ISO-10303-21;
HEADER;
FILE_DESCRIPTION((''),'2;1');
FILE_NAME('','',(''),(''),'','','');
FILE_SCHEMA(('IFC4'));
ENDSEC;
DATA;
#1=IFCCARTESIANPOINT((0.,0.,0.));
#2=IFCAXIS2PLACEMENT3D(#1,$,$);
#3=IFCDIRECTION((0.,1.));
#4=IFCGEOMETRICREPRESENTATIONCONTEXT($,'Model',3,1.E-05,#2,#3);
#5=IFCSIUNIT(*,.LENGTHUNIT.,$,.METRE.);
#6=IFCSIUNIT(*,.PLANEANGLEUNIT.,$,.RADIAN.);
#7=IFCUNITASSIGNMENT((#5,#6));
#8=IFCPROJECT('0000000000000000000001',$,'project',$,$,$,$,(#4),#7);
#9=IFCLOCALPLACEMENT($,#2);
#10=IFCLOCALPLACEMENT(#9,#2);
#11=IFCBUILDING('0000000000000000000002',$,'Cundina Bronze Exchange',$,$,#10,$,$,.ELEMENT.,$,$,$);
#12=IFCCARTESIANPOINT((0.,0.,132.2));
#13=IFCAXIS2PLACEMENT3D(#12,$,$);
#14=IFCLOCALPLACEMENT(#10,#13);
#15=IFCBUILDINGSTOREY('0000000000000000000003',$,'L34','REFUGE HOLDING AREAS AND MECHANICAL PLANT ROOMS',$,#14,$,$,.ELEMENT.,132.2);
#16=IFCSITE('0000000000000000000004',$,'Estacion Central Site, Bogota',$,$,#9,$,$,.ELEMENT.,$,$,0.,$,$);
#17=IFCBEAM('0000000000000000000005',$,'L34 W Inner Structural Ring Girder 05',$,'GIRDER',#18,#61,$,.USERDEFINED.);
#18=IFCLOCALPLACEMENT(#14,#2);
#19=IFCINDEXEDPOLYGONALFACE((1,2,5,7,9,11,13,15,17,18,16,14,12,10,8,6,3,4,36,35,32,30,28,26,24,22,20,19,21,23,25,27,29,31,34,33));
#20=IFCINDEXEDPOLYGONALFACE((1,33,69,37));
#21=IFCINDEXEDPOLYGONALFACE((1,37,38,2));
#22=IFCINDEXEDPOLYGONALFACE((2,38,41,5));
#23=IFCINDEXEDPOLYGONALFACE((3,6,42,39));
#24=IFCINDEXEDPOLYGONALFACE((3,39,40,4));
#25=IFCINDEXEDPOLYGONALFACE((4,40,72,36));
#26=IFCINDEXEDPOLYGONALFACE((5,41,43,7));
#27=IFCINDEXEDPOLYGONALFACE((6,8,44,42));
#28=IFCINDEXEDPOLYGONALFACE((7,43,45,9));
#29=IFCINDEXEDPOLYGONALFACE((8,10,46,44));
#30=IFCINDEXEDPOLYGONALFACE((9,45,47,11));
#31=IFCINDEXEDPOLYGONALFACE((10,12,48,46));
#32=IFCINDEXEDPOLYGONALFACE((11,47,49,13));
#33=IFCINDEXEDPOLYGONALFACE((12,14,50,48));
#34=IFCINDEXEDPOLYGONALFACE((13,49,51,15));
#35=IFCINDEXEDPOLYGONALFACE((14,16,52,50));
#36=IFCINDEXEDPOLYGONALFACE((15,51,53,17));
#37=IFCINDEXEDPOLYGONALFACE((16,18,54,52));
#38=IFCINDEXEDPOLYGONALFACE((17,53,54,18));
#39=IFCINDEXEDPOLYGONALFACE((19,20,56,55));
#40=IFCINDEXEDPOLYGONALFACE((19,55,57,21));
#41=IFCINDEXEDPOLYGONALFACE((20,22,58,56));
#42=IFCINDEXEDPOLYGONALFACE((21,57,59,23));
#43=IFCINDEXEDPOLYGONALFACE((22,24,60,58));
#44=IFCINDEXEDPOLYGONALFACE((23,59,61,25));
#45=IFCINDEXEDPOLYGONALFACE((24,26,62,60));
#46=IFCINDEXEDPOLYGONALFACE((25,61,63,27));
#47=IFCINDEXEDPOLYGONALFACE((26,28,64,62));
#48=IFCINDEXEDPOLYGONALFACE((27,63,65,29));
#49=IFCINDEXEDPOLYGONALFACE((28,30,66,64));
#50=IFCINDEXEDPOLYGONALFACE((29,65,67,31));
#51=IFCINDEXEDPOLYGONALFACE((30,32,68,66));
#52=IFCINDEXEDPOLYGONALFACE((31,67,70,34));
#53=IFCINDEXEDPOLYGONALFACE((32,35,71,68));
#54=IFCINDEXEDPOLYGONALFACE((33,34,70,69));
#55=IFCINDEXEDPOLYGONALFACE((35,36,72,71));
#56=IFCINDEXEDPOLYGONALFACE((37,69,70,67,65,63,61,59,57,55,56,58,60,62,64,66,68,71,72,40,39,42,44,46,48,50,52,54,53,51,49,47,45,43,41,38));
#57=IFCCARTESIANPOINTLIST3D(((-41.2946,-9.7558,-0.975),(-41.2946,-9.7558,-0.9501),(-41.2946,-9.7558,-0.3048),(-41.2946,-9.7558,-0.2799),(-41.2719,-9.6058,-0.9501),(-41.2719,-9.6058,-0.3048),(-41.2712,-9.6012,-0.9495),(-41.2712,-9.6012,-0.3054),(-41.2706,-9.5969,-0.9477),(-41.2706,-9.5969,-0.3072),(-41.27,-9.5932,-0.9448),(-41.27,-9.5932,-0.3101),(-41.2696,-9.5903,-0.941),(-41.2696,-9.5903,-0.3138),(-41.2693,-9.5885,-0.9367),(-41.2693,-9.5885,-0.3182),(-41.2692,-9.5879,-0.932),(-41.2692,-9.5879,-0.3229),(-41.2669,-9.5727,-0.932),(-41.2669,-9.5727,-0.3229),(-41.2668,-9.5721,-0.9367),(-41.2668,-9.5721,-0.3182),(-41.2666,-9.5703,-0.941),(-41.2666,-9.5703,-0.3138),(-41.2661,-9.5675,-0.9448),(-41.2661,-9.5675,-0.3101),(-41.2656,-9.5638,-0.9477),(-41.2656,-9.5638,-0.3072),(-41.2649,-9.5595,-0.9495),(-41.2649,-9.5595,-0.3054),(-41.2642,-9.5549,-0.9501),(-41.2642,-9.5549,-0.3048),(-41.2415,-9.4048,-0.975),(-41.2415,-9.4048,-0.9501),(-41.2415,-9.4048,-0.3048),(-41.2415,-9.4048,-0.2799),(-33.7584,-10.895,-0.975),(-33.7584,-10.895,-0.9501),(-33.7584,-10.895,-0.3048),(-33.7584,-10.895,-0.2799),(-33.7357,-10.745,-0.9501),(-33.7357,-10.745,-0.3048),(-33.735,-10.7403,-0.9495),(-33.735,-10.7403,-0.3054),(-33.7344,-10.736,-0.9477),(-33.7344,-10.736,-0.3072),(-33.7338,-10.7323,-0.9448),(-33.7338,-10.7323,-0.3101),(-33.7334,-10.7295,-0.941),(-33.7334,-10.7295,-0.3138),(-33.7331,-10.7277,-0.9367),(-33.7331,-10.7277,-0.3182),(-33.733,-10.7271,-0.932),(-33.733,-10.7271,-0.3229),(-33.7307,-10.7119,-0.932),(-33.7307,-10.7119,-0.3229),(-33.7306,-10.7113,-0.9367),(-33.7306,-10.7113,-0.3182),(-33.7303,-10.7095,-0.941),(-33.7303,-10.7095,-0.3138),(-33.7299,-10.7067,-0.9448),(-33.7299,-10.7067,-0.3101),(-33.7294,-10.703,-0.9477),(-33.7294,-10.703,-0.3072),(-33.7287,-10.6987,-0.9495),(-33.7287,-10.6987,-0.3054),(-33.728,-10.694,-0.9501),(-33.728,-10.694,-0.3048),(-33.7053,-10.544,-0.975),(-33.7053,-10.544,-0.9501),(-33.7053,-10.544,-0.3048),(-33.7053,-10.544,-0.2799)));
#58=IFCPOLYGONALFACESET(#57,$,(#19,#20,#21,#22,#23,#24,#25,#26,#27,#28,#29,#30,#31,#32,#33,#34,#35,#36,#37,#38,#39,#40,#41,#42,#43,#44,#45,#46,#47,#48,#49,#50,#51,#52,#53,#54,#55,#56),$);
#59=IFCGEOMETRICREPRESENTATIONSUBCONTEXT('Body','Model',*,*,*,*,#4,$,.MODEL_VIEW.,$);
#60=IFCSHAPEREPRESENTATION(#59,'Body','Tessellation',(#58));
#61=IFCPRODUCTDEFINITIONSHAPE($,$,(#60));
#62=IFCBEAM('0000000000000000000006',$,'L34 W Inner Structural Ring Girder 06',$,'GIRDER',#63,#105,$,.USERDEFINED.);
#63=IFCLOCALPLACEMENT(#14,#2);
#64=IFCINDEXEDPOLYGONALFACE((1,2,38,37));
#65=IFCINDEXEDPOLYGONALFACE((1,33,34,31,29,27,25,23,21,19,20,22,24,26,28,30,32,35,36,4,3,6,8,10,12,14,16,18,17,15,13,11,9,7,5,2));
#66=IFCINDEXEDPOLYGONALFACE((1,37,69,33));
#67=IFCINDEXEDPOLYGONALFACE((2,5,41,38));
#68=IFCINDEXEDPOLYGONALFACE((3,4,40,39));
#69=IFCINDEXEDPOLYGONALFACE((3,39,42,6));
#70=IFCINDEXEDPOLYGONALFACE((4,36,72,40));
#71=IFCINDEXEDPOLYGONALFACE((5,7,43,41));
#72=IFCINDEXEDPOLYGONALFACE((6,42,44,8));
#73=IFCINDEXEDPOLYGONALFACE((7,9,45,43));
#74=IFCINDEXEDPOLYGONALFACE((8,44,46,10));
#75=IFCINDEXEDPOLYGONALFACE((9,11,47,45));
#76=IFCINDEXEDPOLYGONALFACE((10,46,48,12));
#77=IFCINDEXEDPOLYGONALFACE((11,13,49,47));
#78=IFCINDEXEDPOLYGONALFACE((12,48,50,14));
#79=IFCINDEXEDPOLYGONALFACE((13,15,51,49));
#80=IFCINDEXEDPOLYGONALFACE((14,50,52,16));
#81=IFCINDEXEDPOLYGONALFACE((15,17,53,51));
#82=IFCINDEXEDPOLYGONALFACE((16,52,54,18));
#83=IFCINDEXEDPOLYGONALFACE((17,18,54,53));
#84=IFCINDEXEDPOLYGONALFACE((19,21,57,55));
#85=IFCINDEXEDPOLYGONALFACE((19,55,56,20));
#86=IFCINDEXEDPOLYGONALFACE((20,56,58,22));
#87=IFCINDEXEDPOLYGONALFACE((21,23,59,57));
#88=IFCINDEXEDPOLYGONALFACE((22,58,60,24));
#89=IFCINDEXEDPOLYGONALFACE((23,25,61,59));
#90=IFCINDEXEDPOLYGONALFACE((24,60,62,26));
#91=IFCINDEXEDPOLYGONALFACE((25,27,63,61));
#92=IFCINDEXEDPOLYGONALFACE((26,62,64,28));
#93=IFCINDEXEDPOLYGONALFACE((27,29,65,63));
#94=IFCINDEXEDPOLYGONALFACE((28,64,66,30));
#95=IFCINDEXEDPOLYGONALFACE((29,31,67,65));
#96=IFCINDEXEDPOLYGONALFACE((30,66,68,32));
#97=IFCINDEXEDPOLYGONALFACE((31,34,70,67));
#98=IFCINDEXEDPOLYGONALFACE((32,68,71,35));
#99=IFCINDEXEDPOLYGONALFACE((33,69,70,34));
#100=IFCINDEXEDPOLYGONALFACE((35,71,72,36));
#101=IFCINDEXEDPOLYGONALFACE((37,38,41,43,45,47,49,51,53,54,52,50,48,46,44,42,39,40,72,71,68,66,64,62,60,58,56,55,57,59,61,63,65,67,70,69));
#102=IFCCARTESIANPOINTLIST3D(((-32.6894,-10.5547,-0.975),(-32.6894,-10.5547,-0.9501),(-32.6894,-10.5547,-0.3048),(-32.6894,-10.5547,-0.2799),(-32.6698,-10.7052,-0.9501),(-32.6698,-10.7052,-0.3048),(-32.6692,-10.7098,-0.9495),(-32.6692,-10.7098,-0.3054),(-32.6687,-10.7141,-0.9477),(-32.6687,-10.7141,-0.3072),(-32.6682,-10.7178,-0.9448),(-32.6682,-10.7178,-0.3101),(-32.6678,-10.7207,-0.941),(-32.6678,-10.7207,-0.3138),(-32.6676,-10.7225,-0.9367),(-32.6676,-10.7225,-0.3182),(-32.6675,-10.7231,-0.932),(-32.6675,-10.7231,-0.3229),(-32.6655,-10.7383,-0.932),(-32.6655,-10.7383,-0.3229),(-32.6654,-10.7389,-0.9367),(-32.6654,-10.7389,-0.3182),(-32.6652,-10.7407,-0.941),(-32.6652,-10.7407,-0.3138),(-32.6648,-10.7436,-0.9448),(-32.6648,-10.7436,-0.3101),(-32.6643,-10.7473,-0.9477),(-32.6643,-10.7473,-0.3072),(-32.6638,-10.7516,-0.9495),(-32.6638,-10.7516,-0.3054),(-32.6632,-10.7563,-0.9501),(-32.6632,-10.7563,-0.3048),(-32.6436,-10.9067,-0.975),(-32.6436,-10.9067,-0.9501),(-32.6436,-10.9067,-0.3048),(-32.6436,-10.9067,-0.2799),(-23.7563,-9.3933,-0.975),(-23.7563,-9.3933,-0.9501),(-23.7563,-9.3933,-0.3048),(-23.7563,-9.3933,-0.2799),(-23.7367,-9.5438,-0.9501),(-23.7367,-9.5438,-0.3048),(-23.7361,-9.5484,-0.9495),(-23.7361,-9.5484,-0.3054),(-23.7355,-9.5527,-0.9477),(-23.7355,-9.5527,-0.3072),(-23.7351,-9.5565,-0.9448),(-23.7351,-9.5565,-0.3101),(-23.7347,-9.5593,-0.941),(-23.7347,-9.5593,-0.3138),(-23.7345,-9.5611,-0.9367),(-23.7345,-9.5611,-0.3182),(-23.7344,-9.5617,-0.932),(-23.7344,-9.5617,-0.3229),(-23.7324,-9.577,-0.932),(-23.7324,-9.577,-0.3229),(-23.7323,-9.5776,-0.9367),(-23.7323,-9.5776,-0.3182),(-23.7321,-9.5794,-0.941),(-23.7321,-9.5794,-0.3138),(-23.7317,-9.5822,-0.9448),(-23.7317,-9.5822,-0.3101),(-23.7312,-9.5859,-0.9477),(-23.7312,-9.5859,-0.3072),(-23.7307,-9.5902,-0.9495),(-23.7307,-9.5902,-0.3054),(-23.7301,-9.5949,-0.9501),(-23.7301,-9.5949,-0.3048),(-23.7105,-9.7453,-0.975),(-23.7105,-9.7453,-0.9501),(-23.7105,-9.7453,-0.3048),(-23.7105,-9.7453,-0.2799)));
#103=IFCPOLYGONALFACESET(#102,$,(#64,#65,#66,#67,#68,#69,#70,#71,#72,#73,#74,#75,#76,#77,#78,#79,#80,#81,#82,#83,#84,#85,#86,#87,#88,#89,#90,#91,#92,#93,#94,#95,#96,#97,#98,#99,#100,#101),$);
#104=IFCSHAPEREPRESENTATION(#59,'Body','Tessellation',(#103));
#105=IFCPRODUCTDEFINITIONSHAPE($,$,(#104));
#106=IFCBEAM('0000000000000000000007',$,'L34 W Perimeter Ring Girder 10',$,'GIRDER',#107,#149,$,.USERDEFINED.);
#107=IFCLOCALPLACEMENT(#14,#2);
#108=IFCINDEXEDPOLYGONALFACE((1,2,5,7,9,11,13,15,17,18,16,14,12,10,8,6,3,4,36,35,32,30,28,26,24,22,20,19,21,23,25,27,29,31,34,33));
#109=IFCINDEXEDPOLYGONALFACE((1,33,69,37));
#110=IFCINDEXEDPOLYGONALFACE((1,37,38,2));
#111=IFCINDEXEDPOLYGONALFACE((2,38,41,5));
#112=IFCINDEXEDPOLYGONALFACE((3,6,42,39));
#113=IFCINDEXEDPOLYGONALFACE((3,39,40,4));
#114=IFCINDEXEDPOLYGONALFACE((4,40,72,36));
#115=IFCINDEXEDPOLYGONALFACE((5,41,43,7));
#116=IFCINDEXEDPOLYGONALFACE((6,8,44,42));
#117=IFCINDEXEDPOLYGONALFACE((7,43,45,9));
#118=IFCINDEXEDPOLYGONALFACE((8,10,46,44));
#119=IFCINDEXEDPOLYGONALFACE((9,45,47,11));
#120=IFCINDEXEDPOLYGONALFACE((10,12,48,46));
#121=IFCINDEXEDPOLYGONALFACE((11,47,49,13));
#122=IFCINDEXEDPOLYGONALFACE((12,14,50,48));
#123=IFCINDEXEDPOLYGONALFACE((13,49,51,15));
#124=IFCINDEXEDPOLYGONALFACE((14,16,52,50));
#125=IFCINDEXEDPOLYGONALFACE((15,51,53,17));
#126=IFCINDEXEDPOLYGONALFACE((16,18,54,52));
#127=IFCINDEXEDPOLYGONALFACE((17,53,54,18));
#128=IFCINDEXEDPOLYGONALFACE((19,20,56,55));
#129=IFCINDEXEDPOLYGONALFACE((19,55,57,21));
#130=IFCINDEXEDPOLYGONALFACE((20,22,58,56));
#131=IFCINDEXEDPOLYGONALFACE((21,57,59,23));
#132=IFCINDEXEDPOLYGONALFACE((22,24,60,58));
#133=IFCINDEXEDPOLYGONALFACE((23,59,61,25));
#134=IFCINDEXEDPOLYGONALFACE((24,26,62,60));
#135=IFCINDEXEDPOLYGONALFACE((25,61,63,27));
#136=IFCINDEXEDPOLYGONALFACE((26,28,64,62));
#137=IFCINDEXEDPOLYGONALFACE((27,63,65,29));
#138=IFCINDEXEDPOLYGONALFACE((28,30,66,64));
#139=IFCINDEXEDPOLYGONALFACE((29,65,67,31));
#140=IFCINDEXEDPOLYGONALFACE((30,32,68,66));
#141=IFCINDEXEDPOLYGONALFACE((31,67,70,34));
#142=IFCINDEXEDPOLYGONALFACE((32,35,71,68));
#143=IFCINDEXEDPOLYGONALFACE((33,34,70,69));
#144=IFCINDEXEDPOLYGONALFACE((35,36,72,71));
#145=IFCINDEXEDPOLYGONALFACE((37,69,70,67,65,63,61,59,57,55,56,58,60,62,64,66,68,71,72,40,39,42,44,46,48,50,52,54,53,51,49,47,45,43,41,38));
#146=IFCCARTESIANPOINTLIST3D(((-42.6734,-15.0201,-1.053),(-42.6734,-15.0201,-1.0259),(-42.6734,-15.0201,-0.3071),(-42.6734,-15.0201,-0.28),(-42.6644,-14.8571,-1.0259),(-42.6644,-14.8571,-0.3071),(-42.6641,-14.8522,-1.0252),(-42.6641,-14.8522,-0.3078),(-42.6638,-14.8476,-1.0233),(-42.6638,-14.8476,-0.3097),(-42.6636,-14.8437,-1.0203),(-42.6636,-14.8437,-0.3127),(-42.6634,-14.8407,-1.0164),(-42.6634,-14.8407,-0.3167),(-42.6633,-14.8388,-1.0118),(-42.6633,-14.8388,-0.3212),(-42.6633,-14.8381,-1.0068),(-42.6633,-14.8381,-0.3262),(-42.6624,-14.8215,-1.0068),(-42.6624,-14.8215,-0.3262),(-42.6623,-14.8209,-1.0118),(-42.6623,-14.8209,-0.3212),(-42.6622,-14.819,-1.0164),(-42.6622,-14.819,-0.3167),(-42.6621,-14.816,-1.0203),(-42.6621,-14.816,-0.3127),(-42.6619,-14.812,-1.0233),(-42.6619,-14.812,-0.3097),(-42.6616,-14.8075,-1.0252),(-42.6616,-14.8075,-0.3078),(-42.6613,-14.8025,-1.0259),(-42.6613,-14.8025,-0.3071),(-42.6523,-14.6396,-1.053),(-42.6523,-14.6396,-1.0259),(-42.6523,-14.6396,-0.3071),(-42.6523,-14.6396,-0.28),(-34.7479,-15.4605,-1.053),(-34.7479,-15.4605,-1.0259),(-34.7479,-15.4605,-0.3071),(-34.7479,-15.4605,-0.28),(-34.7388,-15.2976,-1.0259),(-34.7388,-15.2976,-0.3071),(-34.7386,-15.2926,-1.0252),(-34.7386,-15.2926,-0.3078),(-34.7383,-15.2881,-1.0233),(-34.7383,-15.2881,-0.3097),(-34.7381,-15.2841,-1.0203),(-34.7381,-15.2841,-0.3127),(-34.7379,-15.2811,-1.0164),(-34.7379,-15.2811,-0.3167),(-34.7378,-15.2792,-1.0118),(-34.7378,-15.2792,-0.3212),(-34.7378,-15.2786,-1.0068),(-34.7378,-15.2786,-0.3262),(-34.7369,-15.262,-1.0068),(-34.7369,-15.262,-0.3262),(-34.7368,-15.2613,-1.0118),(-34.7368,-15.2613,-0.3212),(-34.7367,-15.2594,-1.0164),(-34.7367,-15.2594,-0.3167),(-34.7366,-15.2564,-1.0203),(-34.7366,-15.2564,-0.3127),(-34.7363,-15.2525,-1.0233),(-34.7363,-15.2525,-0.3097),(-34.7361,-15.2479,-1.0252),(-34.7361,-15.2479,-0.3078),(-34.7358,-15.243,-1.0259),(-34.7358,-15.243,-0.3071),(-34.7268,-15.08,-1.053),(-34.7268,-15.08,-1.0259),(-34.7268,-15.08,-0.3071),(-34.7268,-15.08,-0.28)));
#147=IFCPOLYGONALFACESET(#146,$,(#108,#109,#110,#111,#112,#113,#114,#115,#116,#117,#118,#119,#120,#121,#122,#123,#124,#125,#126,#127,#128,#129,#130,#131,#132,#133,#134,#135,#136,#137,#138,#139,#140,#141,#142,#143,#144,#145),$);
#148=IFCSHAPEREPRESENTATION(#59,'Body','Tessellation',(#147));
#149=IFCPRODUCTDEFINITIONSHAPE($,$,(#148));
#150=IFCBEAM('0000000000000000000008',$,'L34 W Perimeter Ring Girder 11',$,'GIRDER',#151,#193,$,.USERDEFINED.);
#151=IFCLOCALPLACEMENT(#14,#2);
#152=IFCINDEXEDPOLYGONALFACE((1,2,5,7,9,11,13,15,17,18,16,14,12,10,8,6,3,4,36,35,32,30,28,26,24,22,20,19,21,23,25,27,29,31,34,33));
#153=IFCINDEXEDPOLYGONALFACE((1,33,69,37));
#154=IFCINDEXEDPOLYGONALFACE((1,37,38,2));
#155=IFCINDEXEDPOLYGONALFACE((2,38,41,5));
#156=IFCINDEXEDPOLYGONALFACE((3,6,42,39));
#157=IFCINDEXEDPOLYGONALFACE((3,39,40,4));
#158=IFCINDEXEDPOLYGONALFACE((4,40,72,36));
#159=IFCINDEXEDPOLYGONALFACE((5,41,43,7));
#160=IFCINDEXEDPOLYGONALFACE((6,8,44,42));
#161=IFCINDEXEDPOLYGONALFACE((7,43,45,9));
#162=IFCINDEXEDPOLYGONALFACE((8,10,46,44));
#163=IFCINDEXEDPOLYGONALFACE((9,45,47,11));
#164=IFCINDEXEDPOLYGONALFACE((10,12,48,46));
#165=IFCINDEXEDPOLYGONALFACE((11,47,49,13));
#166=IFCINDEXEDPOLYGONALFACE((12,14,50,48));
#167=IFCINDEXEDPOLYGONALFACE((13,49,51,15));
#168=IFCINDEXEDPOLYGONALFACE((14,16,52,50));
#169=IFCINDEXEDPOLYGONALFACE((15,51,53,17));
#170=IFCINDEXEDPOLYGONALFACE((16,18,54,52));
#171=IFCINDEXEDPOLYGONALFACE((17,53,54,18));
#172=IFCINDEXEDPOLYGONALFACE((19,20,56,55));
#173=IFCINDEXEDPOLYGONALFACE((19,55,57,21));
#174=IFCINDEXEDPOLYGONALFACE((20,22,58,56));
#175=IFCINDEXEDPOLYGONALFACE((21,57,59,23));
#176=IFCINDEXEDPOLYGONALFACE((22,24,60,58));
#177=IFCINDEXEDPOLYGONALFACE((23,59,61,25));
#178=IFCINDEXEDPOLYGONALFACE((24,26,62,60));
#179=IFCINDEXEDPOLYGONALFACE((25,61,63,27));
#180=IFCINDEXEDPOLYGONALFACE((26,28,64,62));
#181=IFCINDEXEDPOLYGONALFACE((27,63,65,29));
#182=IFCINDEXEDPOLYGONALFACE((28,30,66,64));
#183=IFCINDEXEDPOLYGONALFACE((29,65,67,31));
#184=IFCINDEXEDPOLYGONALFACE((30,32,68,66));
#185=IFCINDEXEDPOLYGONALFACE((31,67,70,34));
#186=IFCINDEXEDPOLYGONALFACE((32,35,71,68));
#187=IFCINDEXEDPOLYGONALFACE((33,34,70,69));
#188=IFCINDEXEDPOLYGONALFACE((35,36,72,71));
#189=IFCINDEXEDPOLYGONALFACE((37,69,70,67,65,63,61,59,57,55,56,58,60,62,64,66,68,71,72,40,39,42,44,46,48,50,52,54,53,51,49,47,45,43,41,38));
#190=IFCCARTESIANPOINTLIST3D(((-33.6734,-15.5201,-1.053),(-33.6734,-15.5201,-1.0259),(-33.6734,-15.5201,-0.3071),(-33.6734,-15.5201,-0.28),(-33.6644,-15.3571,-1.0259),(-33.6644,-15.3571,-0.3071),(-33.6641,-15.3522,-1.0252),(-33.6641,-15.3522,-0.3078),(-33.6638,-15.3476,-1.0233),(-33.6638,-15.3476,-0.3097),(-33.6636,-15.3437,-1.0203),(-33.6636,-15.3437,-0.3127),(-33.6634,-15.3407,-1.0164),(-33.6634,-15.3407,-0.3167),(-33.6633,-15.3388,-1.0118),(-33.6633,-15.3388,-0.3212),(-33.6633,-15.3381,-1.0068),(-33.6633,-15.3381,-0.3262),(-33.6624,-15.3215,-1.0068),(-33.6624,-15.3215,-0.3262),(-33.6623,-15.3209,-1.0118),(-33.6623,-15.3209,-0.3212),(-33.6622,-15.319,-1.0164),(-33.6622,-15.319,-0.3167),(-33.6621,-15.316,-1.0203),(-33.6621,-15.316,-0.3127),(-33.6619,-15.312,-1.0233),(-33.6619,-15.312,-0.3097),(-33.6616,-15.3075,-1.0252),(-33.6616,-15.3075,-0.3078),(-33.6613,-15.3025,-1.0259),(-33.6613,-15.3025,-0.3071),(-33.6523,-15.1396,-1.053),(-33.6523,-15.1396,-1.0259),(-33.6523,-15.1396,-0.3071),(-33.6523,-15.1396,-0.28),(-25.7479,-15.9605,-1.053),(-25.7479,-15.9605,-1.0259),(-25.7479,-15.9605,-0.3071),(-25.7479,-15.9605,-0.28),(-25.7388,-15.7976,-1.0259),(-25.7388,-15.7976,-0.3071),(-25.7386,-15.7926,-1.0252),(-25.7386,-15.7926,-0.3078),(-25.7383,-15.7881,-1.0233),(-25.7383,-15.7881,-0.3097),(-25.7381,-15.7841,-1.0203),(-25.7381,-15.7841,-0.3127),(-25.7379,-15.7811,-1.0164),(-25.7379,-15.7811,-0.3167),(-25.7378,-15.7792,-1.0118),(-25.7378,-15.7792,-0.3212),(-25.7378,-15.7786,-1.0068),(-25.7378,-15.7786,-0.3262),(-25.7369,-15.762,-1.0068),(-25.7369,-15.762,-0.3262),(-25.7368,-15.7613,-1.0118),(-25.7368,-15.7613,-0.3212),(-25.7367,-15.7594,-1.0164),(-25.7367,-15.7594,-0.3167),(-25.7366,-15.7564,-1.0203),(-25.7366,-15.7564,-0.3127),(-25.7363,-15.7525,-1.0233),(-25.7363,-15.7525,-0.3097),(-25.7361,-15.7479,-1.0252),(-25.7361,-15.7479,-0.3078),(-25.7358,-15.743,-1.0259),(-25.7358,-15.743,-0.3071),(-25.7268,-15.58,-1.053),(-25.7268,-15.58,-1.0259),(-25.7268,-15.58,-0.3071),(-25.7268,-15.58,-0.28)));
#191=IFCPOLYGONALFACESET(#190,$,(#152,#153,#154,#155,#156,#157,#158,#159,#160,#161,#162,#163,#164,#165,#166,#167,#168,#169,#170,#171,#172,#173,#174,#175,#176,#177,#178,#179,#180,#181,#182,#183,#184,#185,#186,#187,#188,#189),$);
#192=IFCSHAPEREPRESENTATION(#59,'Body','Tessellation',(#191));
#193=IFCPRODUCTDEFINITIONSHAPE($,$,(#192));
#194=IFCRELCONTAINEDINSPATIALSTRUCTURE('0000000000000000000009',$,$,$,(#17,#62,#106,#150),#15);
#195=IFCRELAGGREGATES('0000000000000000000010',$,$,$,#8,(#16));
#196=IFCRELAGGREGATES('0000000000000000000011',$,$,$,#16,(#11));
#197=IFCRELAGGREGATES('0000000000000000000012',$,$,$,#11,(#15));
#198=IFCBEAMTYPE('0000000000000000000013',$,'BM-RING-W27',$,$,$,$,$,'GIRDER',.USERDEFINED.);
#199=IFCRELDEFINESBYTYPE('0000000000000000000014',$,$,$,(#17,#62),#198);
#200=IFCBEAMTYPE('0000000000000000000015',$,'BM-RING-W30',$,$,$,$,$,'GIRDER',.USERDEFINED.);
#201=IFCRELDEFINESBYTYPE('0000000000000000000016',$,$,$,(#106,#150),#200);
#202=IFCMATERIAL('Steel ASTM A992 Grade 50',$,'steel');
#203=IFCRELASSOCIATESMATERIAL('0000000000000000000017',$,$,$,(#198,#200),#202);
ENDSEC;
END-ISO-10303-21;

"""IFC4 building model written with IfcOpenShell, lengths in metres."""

from ifc_helpers import new_model, si_unit, direction, frame, origin, origin_2d, place, context, subcontext, project, spatial, i_section, extrude, material, material_profile, profile_set, type_object, element, save


model = new_model("IFC4")

# Units and contexts
model_context = context("Model", 3, precision=1e-05, world=origin(), true_north=direction((0.0, 1.0)))
body_context = subcontext(model_context, "Body", "Model", "MODEL_VIEW")
ifc_project = project(units=[si_unit("LENGTHUNIT", "METRE"), si_unit("PLANEANGLEUNIT", "RADIAN")], contexts=[model_context])

# Site, building, storey
site_placement = place(None, origin())
site = spatial("IfcSite", under=ifc_project, at=site_placement, Name="Estacion Central Site, Bogota", CompositionType="ELEMENT", RefElevation=0.0)
building_placement = place(site_placement, origin())
building = spatial("IfcBuilding", under=site, at=building_placement, Name="Cundina Bronze Exchange", CompositionType="ELEMENT")
storey_placement = place(building_placement, frame((0.0, 0.0, 132.2)))
storey = spatial("IfcBuildingStorey", under=building, at=storey_placement, Name="L34", Description="REFUGE HOLDING AREAS AND MECHANICAL PLANT ROOMS", CompositionType="ELEMENT", Elevation=132.2)

# Beams
ifc_material_1 = material(Name="Steel ASTM A992 Grade 50", Category="steel")
ifc_material_profile_1 = material_profile(ifc_material_1, i_section(OverallWidth=0.355, OverallDepth=0.6951, WebThickness=0.0154, FlangeThickness=0.0249, FilletRadius=0.0181, at=origin_2d()), Name="W27X146", Category="steel")
ifc_profile_set_1 = profile_set([ifc_material_profile_1], Name="Steel ASTM A992 Grade 50")
beam_type_1 = type_object("IfcBeamType", Name="BM-RING-W27", ElementType="GIRDER", PredefinedType="USERDEFINED", material=ifc_profile_set_1)
beam_1_placement = place(storey_placement, frame((-41.2681, -9.5803, -0.6274), z_axis=(0.988767, -0.149462, 0.0), x_axis=(0.149462, 0.988767, 0.0)))
element("IfcBeam", 1, at=beam_1_placement, inside=storey, type_object=beam_type_1, Name="L34 W Inner Structural Ring Girder 05", ObjectType="GIRDER", PredefinedType="USERDEFINED", context=body_context, shape_type="SweptSolid", body=[
    extrude(i_section(OverallWidth=0.355, OverallDepth=0.6951, WebThickness=0.0154, FlangeThickness=0.0249, FilletRadius=0.0181, at=origin_2d()), origin(), (0.0, 0.0, 1.0), 7.6218),
])
beam_2_placement = place(storey_placement, frame((-32.6665, -10.7307, -0.6274), z_axis=(0.991655, 0.128923, 0.0), x_axis=(-0.128923, 0.991655, 0.0)))
element("IfcBeam", 2, at=beam_2_placement, inside=storey, type_object=beam_type_1, Name="L34 W Inner Structural Ring Girder 06", ObjectType="GIRDER", PredefinedType="USERDEFINED", context=body_context, shape_type="SweptSolid", body=[
    extrude(i_section(OverallWidth=0.355, OverallDepth=0.6951, WebThickness=0.0154, FlangeThickness=0.0249, FilletRadius=0.0181, at=origin_2d()), origin(), (0.0, 0.0, 1.0), 9.0083),
])
ifc_material_profile_2 = material_profile(ifc_material_1, i_section(OverallWidth=0.3811, OverallDepth=0.7729, WebThickness=0.0166, FlangeThickness=0.0271, FilletRadius=0.019, at=origin_2d()), Name="W30X173", Category="steel")
ifc_profile_set_2 = profile_set([ifc_material_profile_2], Name="Steel ASTM A992 Grade 50")
beam_type_2 = type_object("IfcBeamType", Name="BM-RING-W30", ElementType="GIRDER", PredefinedType="USERDEFINED", material=ifc_profile_set_2)
for number, where, z_axis, x_axis, name in (
    (3, (-42.6628, -14.8298, -0.6665), (0.99846, -0.055485, 0.0), (0.055485, 0.99846, 0.0), "L34 W Perimeter Ring Girder 10"),
    (4, (-33.6628, -15.3298, -0.6665), (0.99846, -0.055485, 0.0), (0.055485, 0.99846, 0.0), "L34 W Perimeter Ring Girder 11"),
):
    element("IfcBeam", number, at=place(storey_placement, frame(where, z_axis=z_axis, x_axis=x_axis)), inside=storey, type_object=beam_type_2, Name=name, ObjectType="GIRDER", PredefinedType="USERDEFINED", context=body_context, shape_type="SweptSolid", body=[
        extrude(i_section(OverallWidth=0.3811, OverallDepth=0.7729, WebThickness=0.0166, FlangeThickness=0.0271, FilletRadius=0.019, at=origin_2d()), origin(), (0.0, 0.0, 1.0), 7.9377),
    ])

save(model, "model.ifc")
